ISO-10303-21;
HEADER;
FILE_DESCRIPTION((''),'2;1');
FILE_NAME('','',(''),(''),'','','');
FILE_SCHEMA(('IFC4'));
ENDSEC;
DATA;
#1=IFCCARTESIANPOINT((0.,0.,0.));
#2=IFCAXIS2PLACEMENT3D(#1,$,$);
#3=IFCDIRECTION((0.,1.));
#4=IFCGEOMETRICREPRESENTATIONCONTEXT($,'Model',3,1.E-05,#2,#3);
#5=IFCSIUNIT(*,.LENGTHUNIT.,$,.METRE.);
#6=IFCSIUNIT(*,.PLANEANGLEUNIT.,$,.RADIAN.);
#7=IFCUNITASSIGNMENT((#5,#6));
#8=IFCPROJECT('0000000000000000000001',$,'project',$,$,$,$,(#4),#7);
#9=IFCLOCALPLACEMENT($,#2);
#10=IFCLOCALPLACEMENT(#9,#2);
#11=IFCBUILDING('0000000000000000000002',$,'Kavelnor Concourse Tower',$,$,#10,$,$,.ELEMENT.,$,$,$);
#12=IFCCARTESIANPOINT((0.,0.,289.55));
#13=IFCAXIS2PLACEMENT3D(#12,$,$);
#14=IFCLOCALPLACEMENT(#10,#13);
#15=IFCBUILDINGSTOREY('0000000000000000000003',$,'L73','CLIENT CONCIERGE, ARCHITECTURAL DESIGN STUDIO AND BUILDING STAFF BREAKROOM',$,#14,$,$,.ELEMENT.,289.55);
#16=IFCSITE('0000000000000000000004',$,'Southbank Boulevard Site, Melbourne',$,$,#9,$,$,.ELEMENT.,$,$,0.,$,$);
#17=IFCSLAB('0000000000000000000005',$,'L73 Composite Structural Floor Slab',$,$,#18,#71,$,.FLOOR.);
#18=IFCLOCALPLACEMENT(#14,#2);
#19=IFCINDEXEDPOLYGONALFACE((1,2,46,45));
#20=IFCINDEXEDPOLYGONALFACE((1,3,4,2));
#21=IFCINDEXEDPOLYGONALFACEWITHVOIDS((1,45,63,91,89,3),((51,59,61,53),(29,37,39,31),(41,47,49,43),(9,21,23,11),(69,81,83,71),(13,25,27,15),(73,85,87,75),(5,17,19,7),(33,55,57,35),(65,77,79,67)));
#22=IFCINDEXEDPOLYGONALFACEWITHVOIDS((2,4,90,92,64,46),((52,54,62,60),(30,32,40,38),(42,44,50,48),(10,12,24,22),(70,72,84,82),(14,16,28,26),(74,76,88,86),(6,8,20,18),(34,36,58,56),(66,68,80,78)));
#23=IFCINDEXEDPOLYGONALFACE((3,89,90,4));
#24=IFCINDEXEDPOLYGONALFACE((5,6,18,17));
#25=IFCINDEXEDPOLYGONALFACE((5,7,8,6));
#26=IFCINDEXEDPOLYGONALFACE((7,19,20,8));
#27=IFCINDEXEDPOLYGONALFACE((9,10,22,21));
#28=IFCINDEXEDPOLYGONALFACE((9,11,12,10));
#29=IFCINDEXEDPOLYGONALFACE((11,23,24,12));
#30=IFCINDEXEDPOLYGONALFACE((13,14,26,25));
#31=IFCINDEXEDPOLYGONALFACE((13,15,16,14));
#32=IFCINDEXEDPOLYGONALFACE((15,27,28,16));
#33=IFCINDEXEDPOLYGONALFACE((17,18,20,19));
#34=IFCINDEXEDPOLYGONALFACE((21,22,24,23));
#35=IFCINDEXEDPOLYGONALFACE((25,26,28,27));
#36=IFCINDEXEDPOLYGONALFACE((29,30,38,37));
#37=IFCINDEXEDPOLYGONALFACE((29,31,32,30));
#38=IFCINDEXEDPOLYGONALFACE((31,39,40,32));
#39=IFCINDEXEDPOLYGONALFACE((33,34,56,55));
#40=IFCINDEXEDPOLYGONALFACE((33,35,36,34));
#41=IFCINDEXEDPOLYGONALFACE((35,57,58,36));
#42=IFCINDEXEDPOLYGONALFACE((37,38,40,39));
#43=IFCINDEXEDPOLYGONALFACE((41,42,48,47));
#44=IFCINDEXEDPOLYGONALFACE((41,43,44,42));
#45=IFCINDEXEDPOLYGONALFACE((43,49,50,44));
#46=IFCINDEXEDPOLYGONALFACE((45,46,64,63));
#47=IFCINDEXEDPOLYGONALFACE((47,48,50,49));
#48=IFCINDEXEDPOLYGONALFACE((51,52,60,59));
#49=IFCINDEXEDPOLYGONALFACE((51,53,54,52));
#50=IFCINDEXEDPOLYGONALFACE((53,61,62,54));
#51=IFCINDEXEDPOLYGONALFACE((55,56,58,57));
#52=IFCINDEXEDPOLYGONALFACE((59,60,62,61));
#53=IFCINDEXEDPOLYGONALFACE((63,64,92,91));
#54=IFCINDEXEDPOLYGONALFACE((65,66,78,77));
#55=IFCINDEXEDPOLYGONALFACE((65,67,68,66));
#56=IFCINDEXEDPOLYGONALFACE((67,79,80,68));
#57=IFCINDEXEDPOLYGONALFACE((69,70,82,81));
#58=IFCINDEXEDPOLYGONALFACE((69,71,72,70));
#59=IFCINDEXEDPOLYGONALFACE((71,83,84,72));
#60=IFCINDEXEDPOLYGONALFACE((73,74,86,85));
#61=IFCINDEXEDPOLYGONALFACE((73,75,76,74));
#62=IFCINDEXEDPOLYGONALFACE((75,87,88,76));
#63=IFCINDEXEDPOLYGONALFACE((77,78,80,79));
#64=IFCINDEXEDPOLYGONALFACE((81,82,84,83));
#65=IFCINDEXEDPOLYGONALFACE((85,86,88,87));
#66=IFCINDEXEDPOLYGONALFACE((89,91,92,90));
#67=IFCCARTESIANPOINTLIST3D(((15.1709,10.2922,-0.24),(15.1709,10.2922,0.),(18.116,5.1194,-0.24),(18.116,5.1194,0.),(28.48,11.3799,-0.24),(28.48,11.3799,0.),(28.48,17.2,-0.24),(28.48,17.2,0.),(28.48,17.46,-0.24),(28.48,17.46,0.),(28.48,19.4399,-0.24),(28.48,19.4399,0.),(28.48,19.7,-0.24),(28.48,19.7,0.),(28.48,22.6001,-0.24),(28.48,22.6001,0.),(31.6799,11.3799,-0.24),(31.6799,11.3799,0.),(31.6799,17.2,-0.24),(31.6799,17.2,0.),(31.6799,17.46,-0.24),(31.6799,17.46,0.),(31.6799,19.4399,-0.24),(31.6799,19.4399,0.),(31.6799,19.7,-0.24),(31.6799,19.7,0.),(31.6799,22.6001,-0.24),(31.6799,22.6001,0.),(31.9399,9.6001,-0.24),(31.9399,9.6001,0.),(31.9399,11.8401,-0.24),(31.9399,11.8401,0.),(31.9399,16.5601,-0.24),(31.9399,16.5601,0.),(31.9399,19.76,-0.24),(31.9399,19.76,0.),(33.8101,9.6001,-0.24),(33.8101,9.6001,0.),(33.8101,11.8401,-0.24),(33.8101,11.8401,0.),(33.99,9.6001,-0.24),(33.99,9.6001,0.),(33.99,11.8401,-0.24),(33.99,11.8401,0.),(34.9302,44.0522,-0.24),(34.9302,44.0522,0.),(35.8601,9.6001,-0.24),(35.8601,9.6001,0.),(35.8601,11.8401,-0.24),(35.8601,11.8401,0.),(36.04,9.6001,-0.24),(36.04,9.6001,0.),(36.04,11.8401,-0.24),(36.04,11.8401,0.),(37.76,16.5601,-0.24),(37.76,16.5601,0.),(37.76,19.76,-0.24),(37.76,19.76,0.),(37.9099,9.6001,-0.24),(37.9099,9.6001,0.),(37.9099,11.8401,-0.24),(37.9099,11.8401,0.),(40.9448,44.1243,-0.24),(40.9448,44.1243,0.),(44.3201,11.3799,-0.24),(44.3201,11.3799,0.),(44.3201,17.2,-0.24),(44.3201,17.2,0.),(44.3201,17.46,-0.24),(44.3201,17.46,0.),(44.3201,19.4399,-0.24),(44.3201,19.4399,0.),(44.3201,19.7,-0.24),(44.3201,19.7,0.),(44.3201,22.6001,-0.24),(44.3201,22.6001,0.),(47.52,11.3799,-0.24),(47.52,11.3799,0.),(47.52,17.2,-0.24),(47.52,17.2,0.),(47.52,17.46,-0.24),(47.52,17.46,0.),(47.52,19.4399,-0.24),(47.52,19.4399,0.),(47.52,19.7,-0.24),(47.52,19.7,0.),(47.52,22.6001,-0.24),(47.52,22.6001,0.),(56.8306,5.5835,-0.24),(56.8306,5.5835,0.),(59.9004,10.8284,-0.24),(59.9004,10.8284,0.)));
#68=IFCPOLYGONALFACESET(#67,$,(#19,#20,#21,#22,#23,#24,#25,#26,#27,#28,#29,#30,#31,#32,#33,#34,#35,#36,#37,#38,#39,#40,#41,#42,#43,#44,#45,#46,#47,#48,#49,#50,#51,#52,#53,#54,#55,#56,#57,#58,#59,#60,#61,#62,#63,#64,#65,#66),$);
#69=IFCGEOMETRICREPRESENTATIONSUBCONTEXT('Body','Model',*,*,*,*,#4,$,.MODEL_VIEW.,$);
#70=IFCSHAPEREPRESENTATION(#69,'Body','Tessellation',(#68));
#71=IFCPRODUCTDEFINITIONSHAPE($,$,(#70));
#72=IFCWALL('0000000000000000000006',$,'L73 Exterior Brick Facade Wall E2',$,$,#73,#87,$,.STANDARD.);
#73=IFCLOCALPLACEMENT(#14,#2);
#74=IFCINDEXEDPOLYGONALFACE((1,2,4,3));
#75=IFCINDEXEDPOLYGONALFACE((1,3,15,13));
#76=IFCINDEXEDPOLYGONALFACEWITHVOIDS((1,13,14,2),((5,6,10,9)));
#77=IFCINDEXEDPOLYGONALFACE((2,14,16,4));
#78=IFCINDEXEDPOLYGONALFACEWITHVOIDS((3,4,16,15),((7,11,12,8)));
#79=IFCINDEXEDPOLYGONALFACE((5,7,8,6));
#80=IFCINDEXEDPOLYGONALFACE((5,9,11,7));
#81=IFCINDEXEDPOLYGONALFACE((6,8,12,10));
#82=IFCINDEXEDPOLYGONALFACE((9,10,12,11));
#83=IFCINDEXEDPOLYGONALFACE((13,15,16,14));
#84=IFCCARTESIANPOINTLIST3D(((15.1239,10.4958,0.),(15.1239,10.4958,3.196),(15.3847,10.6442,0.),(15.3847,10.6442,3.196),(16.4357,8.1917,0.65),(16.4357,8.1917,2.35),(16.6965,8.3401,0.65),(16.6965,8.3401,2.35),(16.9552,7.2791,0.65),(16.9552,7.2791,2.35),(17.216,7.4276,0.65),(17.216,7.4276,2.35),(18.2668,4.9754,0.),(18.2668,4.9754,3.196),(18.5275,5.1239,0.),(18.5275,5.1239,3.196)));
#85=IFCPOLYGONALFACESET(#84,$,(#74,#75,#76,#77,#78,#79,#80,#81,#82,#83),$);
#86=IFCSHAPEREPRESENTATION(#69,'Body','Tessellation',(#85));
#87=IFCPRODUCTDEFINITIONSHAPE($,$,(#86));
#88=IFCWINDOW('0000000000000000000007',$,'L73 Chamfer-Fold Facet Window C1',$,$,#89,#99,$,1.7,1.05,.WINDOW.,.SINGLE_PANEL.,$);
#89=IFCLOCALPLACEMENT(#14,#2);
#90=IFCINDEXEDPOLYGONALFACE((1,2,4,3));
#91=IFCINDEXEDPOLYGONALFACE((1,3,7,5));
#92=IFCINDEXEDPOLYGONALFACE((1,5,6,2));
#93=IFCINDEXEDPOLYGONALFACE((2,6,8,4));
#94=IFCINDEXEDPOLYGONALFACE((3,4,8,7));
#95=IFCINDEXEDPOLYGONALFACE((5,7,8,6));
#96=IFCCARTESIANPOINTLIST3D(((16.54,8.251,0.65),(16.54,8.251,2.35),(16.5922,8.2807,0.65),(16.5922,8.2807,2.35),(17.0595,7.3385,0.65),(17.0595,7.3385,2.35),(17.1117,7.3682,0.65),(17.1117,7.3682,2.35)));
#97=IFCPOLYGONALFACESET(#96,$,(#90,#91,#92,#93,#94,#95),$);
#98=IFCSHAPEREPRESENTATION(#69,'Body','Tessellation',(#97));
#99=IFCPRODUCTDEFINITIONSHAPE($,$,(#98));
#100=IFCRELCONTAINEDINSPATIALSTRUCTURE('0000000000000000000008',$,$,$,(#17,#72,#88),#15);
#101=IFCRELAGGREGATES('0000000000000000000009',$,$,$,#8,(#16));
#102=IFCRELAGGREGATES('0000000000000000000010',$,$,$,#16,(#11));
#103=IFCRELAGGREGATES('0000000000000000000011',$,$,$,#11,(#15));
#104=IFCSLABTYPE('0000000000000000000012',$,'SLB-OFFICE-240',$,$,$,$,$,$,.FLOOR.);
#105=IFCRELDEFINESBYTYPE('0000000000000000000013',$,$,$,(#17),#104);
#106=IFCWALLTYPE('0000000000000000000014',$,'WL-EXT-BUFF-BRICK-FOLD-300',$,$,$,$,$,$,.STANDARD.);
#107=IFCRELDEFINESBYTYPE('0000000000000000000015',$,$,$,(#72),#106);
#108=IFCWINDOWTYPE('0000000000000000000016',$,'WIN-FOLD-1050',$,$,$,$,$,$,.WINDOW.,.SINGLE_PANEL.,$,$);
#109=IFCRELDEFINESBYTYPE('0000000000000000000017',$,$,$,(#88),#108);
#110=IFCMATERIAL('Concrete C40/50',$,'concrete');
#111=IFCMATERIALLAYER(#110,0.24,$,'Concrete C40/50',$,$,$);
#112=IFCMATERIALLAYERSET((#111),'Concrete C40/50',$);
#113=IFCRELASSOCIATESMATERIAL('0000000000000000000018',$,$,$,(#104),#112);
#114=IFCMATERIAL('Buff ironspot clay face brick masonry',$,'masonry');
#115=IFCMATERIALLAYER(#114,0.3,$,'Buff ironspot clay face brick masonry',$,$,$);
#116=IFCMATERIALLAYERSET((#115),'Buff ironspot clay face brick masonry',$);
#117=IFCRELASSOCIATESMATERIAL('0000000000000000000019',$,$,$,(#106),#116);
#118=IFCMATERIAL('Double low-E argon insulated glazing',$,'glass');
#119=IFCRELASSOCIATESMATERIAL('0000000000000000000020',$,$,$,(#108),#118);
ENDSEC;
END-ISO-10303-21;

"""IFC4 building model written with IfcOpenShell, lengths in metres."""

from ifc_helpers import new_model, si_unit, direction, frame, frame_2d, origin, place, context, subcontext, project, spatial, polyline, rectangle, outline, extrude, material, layer, layer_set, type_object, element, fill, save


model = new_model("IFC4")

# Units and contexts
model_context = context("Model", 3, precision=1e-05, world=origin(), true_north=direction((0.0, 1.0)))
body_context = subcontext(model_context, "Body", "Model", "MODEL_VIEW")
ifc_project = project(units=[si_unit("LENGTHUNIT", "METRE"), si_unit("PLANEANGLEUNIT", "RADIAN")], contexts=[model_context])

# Site, building, storey
site_placement = place(None, origin())
site = spatial("IfcSite", under=ifc_project, at=site_placement, Name="Southbank Boulevard Site, Melbourne", CompositionType="ELEMENT", RefElevation=0.0)
building_placement = place(site_placement, origin())
building = spatial("IfcBuilding", under=site, at=building_placement, Name="Kavelnor Concourse Tower", CompositionType="ELEMENT")
storey_placement = place(building_placement, frame((0.0, 0.0, 289.55)))
storey = spatial("IfcBuildingStorey", under=building, at=storey_placement, Name="L73", Description="CLIENT CONCIERGE, ARCHITECTURAL DESIGN STUDIO AND BUILDING STAFF BREAKROOM", CompositionType="ELEMENT", Elevation=289.55)

# Shared definitions
ifc_material_1 = material(Name="Concrete C40/50", Category="concrete")

# Slab
ifc_layer_1 = layer(ifc_material_1, 0.24, Name="Concrete C40/50")
ifc_layer_set_1 = layer_set([ifc_layer_1], Name="Concrete C40/50")
slab_type_1 = type_object("IfcSlabType", Name="SLB-OFFICE-240", PredefinedType="FLOOR", material=ifc_layer_set_1)
slab_1_placement = place(storey_placement, frame((0.0, 0.0, -0.24)))
element("IfcSlab", 1, at=slab_1_placement, inside=storey, type_object=slab_type_1, Name="L73 Composite Structural Floor Slab", PredefinedType="FLOOR", context=body_context, shape_type="SweptSolid", body=[
    extrude(outline(polyline([(40.9448, 44.1243), (34.9302, 44.0522), (15.1709, 10.2922), (18.116, 5.1194), (56.8306, 5.5835), (59.9004, 10.8284), (40.9448, 44.1243)]), holes=[polyline([(28.48, 11.3799), (31.6799, 11.3799), (31.6799, 17.2), (28.48, 17.2), (28.48, 11.3799)]), polyline([(44.3201, 11.3799), (47.52, 11.3799), (47.52, 17.2), (44.3201, 17.2), (44.3201, 11.3799)]), polyline([(31.9399, 16.5601), (37.76, 16.5601), (37.76, 19.76), (31.9399, 19.76), (31.9399, 16.5601)]), polyline([(28.48, 19.7), (31.6799, 19.7), (31.6799, 22.6001), (28.48, 22.6001), (28.48, 19.7)]), polyline([(44.3201, 19.7), (47.52, 19.7), (47.52, 22.6001), (44.3201, 22.6001), (44.3201, 19.7)]), polyline([(31.9399, 9.6001), (33.8101, 9.6001), (33.8101, 11.8401), (31.9399, 11.8401), (31.9399, 9.6001)]), polyline([(33.99, 9.6001), (35.8601, 9.6001), (35.8601, 11.8401), (33.99, 11.8401), (33.99, 9.6001)]), polyline([(36.04, 9.6001), (37.9099, 9.6001), (37.9099, 11.8401), (36.04, 11.8401), (36.04, 9.6001)]), polyline([(28.48, 17.46), (31.6799, 17.46), (31.6799, 19.4399), (28.48, 19.4399), (28.48, 17.46)]), polyline([(44.3201, 17.46), (47.52, 17.46), (47.52, 19.4399), (44.3201, 19.4399), (44.3201, 17.46)])]), origin(), (0.0, 0.0, 1.0), 0.24),
])

# Wall, opening, window
ifc_material_2 = material(Name="Buff ironspot clay face brick masonry", Category="masonry")
ifc_layer_2 = layer(ifc_material_2, 0.3, Name="Buff ironspot clay face brick masonry")
ifc_layer_set_2 = layer_set([ifc_layer_2], Name="Buff ironspot clay face brick masonry")
wall_type_1 = type_object("IfcWallType", Name="WL-EXT-BUFF-BRICK-FOLD-300", PredefinedType="STANDARD", material=ifc_layer_set_2)
wall_1_placement = place(storey_placement, frame((18.3972, 5.0496, 0.0), z_axis=(0.0, 0.0, 1.0), x_axis=(-0.49476, 0.86903, 0.0)))
wall_1 = element("IfcWall", 2, at=wall_1_placement, inside=storey, type_object=wall_type_1, Name="L73 Exterior Brick Facade Wall E2", PredefinedType="STANDARD", context=body_context, shape_type="SweptSolid", body=[
    extrude(rectangle(XDim=6.3523, YDim=0.3, at=frame_2d((3.1763, 0.0))), origin(), (0.0, 0.0, 1.0), 3.196),
])
opening_1_placement = place(wall_1_placement, frame((2.6511, 0.0, 0.6499)))
opening_1 = element("IfcOpeningElement", 3, at=opening_1_placement, cuts=wall_1, PredefinedType="OPENING", context=body_context, shape_type="SweptSolid", body=[
    extrude(rectangle(XDim=1.05, YDim=1.7, at=frame_2d((0.5249, 0.8501))), frame((0.0, 0.1602, 0.0), z_axis=(0.0, -1.0, 0.0), x_axis=(1.0, 0.0, 0.0)), (0.0, 0.0, 1.0), 0.3201),
])
ifc_material_3 = material(Name="Double low-E argon insulated glazing", Category="glass")
window_type_1 = type_object("IfcWindowType", Name="WIN-FOLD-1050", PartitioningType="SINGLE_PANEL", PredefinedType="WINDOW", material=ifc_material_3)
window_1_placement = place(opening_1_placement, origin())
window_1 = element("IfcWindow", 4, at=window_1_placement, inside=storey, type_object=window_type_1, Name="L73 Chamfer-Fold Facet Window C1", OverallHeight=1.7, OverallWidth=1.05, PartitioningType="SINGLE_PANEL", PredefinedType="WINDOW", context=body_context, shape_type="SweptSolid", body=[
    extrude(rectangle(XDim=1.05, YDim=1.7, at=frame_2d((0.5249, 0.8501))), frame((0.0, 0.03, 0.0), z_axis=(0.0, -1.0, 0.0), x_axis=(1.0, 0.0, 0.0)), (0.0, 0.0, 1.0), 0.0601),
])
fill(opening_1, window_1)

save(model, "model.ifc")
